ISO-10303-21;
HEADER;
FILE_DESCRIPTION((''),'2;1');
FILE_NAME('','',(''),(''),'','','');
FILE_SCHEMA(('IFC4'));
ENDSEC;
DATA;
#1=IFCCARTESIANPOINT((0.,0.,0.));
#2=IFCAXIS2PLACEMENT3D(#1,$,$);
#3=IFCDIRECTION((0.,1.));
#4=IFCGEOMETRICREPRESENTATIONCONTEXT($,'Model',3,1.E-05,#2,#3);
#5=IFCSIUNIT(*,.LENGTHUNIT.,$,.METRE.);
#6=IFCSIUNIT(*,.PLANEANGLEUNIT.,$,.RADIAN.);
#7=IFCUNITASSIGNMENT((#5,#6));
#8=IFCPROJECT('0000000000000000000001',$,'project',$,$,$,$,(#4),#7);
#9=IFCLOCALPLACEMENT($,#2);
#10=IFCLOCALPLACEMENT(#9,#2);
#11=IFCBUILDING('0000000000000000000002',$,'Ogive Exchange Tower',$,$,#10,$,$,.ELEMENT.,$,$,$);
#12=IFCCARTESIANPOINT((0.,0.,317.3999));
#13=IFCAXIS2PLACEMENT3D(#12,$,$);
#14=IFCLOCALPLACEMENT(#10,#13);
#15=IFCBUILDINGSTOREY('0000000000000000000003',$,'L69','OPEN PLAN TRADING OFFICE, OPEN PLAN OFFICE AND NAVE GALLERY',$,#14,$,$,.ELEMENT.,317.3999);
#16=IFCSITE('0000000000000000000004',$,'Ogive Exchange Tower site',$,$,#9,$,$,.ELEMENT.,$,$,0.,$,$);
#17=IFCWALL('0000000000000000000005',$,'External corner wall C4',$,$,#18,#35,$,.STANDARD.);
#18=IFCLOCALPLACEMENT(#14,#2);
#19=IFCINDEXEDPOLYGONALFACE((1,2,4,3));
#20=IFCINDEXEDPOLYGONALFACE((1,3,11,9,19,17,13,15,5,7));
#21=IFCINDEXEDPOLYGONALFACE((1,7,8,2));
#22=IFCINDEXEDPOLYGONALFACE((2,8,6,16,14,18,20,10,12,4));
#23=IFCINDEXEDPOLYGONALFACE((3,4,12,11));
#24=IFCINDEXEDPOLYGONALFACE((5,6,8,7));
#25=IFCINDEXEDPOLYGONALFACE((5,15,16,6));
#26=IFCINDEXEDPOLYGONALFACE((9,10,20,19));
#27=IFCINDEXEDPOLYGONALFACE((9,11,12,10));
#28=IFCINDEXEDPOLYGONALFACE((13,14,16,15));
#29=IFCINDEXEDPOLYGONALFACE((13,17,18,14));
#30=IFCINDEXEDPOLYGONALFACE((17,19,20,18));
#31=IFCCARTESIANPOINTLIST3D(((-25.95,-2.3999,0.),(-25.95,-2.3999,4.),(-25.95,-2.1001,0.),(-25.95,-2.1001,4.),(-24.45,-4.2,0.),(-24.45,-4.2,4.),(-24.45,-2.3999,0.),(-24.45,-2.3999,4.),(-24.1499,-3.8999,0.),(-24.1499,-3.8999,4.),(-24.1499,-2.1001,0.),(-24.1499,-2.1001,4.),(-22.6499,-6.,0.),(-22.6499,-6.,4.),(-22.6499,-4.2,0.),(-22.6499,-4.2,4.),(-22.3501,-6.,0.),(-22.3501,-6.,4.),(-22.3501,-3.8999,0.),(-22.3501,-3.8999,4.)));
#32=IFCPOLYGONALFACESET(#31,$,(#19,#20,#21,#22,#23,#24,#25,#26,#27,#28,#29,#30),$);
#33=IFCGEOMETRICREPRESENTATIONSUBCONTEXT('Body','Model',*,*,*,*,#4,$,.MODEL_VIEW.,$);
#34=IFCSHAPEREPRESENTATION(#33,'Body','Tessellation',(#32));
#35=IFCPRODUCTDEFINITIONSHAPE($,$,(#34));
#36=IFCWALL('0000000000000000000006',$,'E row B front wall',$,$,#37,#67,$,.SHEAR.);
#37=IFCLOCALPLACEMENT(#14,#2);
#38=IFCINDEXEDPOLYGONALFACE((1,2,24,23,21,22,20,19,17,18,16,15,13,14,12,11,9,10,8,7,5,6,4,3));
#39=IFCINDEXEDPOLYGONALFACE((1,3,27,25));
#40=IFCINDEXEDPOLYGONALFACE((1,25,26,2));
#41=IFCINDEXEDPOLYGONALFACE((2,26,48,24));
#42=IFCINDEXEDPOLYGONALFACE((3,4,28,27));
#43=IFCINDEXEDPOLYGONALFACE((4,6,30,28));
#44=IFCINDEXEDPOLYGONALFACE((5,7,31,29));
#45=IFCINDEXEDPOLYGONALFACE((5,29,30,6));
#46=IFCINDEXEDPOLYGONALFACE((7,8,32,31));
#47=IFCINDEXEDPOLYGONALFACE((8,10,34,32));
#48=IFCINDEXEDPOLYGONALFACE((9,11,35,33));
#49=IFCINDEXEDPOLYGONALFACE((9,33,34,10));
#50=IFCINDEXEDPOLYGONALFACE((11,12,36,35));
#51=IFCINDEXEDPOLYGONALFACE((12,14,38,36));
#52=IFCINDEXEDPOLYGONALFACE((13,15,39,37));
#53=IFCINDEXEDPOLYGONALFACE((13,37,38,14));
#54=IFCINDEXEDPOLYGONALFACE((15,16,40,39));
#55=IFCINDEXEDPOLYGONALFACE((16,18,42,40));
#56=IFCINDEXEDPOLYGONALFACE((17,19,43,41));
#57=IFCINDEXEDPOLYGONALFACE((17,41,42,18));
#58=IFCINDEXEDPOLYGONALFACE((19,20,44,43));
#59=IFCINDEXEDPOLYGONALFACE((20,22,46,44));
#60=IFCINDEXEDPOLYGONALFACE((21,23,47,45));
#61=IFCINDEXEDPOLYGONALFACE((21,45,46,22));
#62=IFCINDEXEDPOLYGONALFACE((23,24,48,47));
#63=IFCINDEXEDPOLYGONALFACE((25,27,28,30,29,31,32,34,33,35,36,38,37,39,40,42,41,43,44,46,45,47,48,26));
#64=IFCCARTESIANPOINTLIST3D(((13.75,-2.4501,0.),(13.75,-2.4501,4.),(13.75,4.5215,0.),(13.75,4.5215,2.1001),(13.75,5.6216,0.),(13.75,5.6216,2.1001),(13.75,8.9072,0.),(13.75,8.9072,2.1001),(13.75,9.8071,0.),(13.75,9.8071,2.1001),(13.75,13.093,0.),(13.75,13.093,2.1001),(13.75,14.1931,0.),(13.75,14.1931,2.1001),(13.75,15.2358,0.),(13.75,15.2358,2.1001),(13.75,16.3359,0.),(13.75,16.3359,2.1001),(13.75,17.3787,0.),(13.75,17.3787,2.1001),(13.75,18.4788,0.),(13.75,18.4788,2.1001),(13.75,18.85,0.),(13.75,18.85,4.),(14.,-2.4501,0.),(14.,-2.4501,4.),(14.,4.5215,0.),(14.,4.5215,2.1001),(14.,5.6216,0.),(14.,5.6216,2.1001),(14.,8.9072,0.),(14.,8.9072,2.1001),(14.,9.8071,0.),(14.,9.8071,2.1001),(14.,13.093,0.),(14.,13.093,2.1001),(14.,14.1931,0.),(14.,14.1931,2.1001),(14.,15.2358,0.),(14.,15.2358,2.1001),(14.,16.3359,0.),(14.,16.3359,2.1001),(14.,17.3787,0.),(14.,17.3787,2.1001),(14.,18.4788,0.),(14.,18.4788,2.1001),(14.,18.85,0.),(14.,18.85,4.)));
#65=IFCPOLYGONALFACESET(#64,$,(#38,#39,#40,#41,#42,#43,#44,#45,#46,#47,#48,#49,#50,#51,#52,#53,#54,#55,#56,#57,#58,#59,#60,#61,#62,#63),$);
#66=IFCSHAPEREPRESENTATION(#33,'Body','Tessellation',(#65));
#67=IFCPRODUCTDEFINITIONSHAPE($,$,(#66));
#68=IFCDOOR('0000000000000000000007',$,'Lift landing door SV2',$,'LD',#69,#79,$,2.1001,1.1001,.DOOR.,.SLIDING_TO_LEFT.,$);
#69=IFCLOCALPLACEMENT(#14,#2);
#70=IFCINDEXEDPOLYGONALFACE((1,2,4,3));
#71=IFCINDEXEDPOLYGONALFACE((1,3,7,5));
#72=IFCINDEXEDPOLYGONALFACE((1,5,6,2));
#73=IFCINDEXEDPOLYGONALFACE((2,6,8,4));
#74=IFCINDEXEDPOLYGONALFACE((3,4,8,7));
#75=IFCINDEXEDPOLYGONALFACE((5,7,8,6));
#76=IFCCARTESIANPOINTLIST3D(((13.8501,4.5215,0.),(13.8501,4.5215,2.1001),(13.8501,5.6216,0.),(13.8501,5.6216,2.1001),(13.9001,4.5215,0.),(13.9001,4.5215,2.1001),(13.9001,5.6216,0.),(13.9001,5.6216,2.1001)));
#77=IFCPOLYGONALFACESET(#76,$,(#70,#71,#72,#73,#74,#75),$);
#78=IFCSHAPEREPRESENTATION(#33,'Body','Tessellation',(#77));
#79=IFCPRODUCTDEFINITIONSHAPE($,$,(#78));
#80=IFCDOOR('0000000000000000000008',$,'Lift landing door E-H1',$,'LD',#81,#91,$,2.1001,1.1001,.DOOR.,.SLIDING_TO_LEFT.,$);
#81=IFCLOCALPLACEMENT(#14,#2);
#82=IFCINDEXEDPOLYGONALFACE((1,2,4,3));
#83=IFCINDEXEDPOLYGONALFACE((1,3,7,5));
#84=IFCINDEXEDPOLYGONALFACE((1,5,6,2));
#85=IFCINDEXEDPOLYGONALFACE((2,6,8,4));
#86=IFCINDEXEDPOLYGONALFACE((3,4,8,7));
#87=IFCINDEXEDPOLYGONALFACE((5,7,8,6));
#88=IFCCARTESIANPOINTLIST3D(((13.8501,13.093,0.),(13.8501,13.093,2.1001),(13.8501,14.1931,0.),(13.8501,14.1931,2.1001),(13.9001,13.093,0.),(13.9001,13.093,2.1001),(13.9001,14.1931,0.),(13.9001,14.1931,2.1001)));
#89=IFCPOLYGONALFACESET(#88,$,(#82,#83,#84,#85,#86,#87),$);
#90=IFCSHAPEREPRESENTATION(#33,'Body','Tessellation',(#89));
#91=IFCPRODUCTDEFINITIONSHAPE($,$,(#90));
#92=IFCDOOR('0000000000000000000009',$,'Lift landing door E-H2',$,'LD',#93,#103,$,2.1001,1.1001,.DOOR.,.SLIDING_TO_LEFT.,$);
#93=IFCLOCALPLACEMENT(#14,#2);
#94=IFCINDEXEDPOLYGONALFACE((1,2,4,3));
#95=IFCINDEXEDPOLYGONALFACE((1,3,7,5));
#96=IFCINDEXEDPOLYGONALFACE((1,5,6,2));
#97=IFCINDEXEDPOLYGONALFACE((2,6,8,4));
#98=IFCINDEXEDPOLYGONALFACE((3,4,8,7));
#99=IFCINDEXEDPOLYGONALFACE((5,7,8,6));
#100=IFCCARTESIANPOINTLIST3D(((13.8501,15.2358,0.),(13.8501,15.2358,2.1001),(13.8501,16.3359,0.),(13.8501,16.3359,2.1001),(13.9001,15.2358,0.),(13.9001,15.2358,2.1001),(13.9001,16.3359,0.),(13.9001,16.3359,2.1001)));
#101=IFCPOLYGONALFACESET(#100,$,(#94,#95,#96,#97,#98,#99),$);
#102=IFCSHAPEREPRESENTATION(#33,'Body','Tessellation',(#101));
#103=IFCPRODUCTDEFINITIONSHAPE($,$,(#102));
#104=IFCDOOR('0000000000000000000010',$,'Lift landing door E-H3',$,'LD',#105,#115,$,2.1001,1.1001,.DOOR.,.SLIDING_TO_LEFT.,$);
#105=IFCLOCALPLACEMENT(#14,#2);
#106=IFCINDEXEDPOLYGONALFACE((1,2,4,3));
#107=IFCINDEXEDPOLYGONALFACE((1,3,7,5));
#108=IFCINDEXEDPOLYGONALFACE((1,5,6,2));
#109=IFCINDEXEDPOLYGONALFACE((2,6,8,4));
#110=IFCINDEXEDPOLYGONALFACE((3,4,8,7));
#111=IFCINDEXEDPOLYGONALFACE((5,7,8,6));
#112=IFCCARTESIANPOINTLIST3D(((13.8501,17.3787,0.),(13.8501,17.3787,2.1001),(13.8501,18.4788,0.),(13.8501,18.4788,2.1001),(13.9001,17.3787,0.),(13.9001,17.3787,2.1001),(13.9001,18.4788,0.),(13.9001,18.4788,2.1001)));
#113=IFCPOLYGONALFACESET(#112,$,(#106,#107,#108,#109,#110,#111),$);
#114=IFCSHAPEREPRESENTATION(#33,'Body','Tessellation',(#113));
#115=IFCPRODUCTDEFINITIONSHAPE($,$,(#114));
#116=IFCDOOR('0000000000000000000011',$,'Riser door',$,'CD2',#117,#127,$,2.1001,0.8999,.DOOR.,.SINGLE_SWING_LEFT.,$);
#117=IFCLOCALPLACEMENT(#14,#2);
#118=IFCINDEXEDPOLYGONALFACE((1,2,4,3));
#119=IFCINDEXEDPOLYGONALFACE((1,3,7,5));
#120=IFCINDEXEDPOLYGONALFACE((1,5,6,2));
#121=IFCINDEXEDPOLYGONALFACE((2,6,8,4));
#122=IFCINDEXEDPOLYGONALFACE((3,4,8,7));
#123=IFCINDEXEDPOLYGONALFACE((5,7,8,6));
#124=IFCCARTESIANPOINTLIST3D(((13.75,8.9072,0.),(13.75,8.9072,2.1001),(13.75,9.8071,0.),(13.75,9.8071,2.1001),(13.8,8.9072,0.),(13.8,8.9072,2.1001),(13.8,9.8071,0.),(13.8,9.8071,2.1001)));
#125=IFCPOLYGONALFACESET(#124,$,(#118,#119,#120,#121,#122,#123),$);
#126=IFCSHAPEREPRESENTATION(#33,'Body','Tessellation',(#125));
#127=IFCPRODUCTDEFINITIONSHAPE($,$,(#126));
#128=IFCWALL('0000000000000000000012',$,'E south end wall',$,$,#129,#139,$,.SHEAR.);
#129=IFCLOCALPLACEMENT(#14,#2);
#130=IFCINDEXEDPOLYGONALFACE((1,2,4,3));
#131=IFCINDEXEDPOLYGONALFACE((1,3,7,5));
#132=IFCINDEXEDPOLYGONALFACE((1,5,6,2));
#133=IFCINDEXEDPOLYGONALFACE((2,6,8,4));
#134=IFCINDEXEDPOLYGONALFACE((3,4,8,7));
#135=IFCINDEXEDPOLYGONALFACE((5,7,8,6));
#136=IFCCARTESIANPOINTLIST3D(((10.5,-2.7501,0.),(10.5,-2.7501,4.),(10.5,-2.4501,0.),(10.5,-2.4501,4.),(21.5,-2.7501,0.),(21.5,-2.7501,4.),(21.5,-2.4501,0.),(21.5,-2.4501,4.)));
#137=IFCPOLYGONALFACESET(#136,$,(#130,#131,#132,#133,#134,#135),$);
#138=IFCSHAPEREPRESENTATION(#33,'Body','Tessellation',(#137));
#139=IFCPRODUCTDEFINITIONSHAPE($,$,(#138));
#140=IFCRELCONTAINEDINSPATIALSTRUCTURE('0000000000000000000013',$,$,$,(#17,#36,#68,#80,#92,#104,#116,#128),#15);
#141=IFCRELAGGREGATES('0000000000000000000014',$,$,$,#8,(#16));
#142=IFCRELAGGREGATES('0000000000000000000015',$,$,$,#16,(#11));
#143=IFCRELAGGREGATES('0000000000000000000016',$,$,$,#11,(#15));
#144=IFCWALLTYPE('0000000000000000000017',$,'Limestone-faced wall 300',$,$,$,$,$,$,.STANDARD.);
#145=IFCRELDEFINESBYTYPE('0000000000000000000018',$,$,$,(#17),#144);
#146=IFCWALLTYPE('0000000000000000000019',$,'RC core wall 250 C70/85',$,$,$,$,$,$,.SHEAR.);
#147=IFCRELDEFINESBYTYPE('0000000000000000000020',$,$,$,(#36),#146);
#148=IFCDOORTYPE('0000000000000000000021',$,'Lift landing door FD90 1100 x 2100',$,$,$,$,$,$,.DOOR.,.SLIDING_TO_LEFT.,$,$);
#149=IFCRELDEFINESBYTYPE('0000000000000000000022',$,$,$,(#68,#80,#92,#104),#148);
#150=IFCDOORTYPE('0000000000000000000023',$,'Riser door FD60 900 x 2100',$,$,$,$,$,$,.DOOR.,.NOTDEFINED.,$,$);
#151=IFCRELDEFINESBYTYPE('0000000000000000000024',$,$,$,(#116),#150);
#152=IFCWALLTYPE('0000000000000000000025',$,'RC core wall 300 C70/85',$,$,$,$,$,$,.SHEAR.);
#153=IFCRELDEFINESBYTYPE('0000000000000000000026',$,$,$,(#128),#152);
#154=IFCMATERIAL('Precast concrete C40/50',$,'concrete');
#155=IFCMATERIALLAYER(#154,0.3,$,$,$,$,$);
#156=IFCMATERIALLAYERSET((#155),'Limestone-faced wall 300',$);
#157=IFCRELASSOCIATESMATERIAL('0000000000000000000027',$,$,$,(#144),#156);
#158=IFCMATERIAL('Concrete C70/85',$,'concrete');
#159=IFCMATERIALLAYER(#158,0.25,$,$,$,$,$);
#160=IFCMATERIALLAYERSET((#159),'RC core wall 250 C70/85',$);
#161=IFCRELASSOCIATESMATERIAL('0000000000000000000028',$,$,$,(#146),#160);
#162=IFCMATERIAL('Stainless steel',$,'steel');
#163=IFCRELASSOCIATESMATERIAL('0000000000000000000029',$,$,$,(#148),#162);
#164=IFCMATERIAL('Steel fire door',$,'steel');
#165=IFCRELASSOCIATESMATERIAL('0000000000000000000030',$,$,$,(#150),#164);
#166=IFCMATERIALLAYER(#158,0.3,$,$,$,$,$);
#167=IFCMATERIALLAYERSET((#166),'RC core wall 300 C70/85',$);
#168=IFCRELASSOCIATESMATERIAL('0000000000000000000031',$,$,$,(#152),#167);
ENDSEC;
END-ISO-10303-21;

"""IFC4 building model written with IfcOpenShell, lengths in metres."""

from ifc_helpers import new_model, si_unit, direction, frame, frame_2d, origin, place, context, subcontext, project, spatial, polyline, rectangle, outline, extrude, material, layer, layer_set, type_object, element, fill, save


model = new_model("IFC4")

# Units and contexts
model_context = context("Model", 3, precision=1e-05, world=origin(), true_north=direction((0.0, 1.0)))
body_context = subcontext(model_context, "Body", "Model", "MODEL_VIEW")
ifc_project = project(units=[si_unit("LENGTHUNIT", "METRE"), si_unit("PLANEANGLEUNIT", "RADIAN")], contexts=[model_context])

# Site, building, storey
site_placement = place(None, origin())
site = spatial("IfcSite", under=ifc_project, at=site_placement, Name="Ogive Exchange Tower site", CompositionType="ELEMENT", RefElevation=0.0)
building_placement = place(site_placement, origin())
building = spatial("IfcBuilding", under=site, at=building_placement, Name="Ogive Exchange Tower", CompositionType="ELEMENT")
storey_placement = place(building_placement, frame((0.0, 0.0, 317.3999)))
storey = spatial("IfcBuildingStorey", under=building, at=storey_placement, Name="L69", Description="OPEN PLAN TRADING OFFICE, OPEN PLAN OFFICE AND NAVE GALLERY", CompositionType="ELEMENT", Elevation=317.3999)

# Shared definitions
ifc_material_1 = material(Name="Concrete C70/85", Category="concrete")

# Wall
ifc_material_2 = material(Name="Precast concrete C40/50", Category="concrete")
ifc_layer_1 = layer(ifc_material_2, 0.3)
ifc_layer_set_1 = layer_set([ifc_layer_1], Name="Limestone-faced wall 300")
wall_type_1 = type_object("IfcWallType", Name="Limestone-faced wall 300", PredefinedType="STANDARD", material=ifc_layer_set_1)
wall_1_placement = place(storey_placement, origin())
element("IfcWall", 1, at=wall_1_placement, inside=storey, type_object=wall_type_1, Name="External corner wall C4", PredefinedType="STANDARD", context=body_context, shape_type="SweptSolid", body=[
    extrude(outline(polyline([(-22.6499, -4.2), (-24.45, -4.2), (-24.45, -2.3999), (-25.95, -2.3999), (-25.95, -2.1001), (-24.1499, -2.1001), (-24.1499, -3.8999), (-22.3501, -3.8999), (-22.3501, -6.0), (-22.6499, -6.0), (-22.6499, -4.2)])), origin(), (0.0, 0.0, 1.0), 4.0),
])

# Wall, openings, doors
ifc_layer_2 = layer(ifc_material_1, 0.25)
ifc_layer_set_2 = layer_set([ifc_layer_2], Name="RC core wall 250 C70/85")
wall_type_2 = type_object("IfcWallType", Name="RC core wall 250 C70/85", PredefinedType="SHEAR", material=ifc_layer_set_2)
wall_2_placement = place(storey_placement, frame((13.875, -2.45, 0.0), z_axis=(0.0, 0.0, 1.0), x_axis=(0.0, 1.0, 0.0)))
wall_2 = element("IfcWall", 2, at=wall_2_placement, inside=storey, type_object=wall_type_2, Name="E row B front wall", PredefinedType="SHEAR", context=body_context, shape_type="SweptSolid", body=[
    extrude(rectangle(XDim=21.3, YDim=0.25, at=frame_2d((10.6499, 0.0))), origin(), (0.0, 0.0, 1.0), 4.0),
])
opening_1_placement = place(wall_2_placement, frame((11.3572, 0.0, 0.0)))
opening_1 = element("IfcOpeningElement", 3, at=opening_1_placement, cuts=wall_2, PredefinedType="OPENING", context=body_context, shape_type="SweptSolid", body=[
    extrude(rectangle(XDim=0.8999, YDim=2.1001, at=frame_2d((0.45, 1.05))), frame((0.0, 0.135, 0.0), z_axis=(0.0, -1.0, 0.0), x_axis=(1.0, 0.0, 0.0)), (0.0, 0.0, 1.0), 0.27),
])
opening_2_placement = place(wall_2_placement, frame((6.9714, 0.0, 0.0)))
opening_2 = element("IfcOpeningElement", 4, at=opening_2_placement, cuts=wall_2, PredefinedType="OPENING", context=body_context, shape_type="SweptSolid", body=[
    extrude(rectangle(XDim=1.1001, YDim=2.1001, at=frame_2d((0.55, 1.05))), frame((0.0, 0.135, 0.0), z_axis=(0.0, -1.0, 0.0), x_axis=(1.0, 0.0, 0.0)), (0.0, 0.0, 1.0), 0.27),
])
opening_3_placement = place(wall_2_placement, frame((15.543, 0.0, 0.0)))
opening_3 = element("IfcOpeningElement", 5, at=opening_3_placement, cuts=wall_2, PredefinedType="OPENING", context=body_context, shape_type="SweptSolid", body=[
    extrude(rectangle(XDim=1.1001, YDim=2.1001, at=frame_2d((0.55, 1.05))), frame((0.0, 0.135, 0.0), z_axis=(0.0, -1.0, 0.0), x_axis=(1.0, 0.0, 0.0)), (0.0, 0.0, 1.0), 0.27),
])
opening_4_placement = place(wall_2_placement, frame((17.6858, 0.0, 0.0)))
opening_4 = element("IfcOpeningElement", 6, at=opening_4_placement, cuts=wall_2, PredefinedType="OPENING", context=body_context, shape_type="SweptSolid", body=[
    extrude(rectangle(XDim=1.1001, YDim=2.1001, at=frame_2d((0.55, 1.05))), frame((0.0, 0.135, 0.0), z_axis=(0.0, -1.0, 0.0), x_axis=(1.0, 0.0, 0.0)), (0.0, 0.0, 1.0), 0.27),
])
opening_5_placement = place(wall_2_placement, frame((19.8286, 0.0, 0.0)))
opening_5 = element("IfcOpeningElement", 7, at=opening_5_placement, cuts=wall_2, PredefinedType="OPENING", context=body_context, shape_type="SweptSolid", body=[
    extrude(rectangle(XDim=1.1001, YDim=2.1001, at=frame_2d((0.55, 1.05))), frame((0.0, 0.135, 0.0), z_axis=(0.0, -1.0, 0.0), x_axis=(1.0, 0.0, 0.0)), (0.0, 0.0, 1.0), 0.27),
])
ifc_material_3 = material(Name="Stainless steel", Category="steel")
door_type_1 = type_object("IfcDoorType", Name="Lift landing door FD90 1100 x 2100", OperationType="SLIDING_TO_LEFT", PredefinedType="DOOR", material=ifc_material_3)
door_1_placement = place(opening_2_placement, origin())
door_1 = element("IfcDoor", 8, at=door_1_placement, inside=storey, type_object=door_type_1, Name="Lift landing door SV2", ObjectType="LD", OperationType="SLIDING_TO_LEFT", OverallHeight=2.1001, OverallWidth=1.1001, PredefinedType="DOOR", context=body_context, shape_type="SweptSolid", body=[
    extrude(rectangle(XDim=1.1001, YDim=2.1001, at=frame_2d((0.55, 1.05))), frame((0.0, 0.0249, 0.0), z_axis=(0.0, -1.0, 0.0), x_axis=(1.0, 0.0, 0.0)), (0.0, 0.0, 1.0), 0.05),
])
fill(opening_2, door_1)
door_2_placement = place(opening_3_placement, origin())
door_2 = element("IfcDoor", 9, at=door_2_placement, inside=storey, type_object=door_type_1, Name="Lift landing door E-H1", ObjectType="LD", OperationType="SLIDING_TO_LEFT", OverallHeight=2.1001, OverallWidth=1.1001, PredefinedType="DOOR", context=body_context, shape_type="SweptSolid", body=[
    extrude(rectangle(XDim=1.1001, YDim=2.1001, at=frame_2d((0.55, 1.05))), frame((0.0, 0.0249, 0.0), z_axis=(0.0, -1.0, 0.0), x_axis=(1.0, 0.0, 0.0)), (0.0, 0.0, 1.0), 0.05),
])
fill(opening_3, door_2)
door_3_placement = place(opening_4_placement, origin())
door_3 = element("IfcDoor", 10, at=door_3_placement, inside=storey, type_object=door_type_1, Name="Lift landing door E-H2", ObjectType="LD", OperationType="SLIDING_TO_LEFT", OverallHeight=2.1001, OverallWidth=1.1001, PredefinedType="DOOR", context=body_context, shape_type="SweptSolid", body=[
    extrude(rectangle(XDim=1.1001, YDim=2.1001, at=frame_2d((0.55, 1.05))), frame((0.0, 0.0249, 0.0), z_axis=(0.0, -1.0, 0.0), x_axis=(1.0, 0.0, 0.0)), (0.0, 0.0, 1.0), 0.05),
])
fill(opening_4, door_3)
door_4_placement = place(opening_5_placement, origin())
door_4 = element("IfcDoor", 11, at=door_4_placement, inside=storey, type_object=door_type_1, Name="Lift landing door E-H3", ObjectType="LD", OperationType="SLIDING_TO_LEFT", OverallHeight=2.1001, OverallWidth=1.1001, PredefinedType="DOOR", context=body_context, shape_type="SweptSolid", body=[
    extrude(rectangle(XDim=1.1001, YDim=2.1001, at=frame_2d((0.55, 1.05))), frame((0.0, 0.0249, 0.0), z_axis=(0.0, -1.0, 0.0), x_axis=(1.0, 0.0, 0.0)), (0.0, 0.0, 1.0), 0.05),
])
fill(opening_5, door_4)
ifc_material_4 = material(Name="Steel fire door", Category="steel")
door_type_2 = type_object("IfcDoorType", Name="Riser door FD60 900 x 2100", OperationType="NOTDEFINED", PredefinedType="DOOR", material=ifc_material_4)
door_5_placement = place(opening_1_placement, origin())
door_5 = element("IfcDoor", 12, at=door_5_placement, inside=storey, type_object=door_type_2, Name="Riser door", ObjectType="CD2", OperationType="SINGLE_SWING_LEFT", OverallHeight=2.1001, OverallWidth=0.8999, PredefinedType="DOOR", context=body_context, shape_type="SweptSolid", body=[
    extrude(rectangle(XDim=0.8999, YDim=2.1001, at=frame_2d((0.45, 1.05))), frame((0.0, 0.125, 0.0), z_axis=(0.0, -1.0, 0.0), x_axis=(1.0, 0.0, 0.0)), (0.0, 0.0, 1.0), 0.05),
])
fill(opening_1, door_5)

# Wall
ifc_layer_3 = layer(ifc_material_1, 0.3)
ifc_layer_set_3 = layer_set([ifc_layer_3], Name="RC core wall 300 C70/85")
wall_type_3 = type_object("IfcWallType", Name="RC core wall 300 C70/85", PredefinedType="SHEAR", material=ifc_layer_set_3)
wall_3_placement = place(storey_placement, frame((10.5, -2.6001, 0.0), z_axis=(0.0, 0.0, 1.0), x_axis=(1.0, 0.0, 0.0)))
element("IfcWall", 13, at=wall_3_placement, inside=storey, type_object=wall_type_3, Name="E south end wall", PredefinedType="SHEAR", context=body_context, shape_type="SweptSolid", body=[
    extrude(rectangle(XDim=11.0, YDim=0.3, at=frame_2d((5.5, 0.0))), origin(), (0.0, 0.0, 1.0), 4.0),
])

save(model, "model.ifc")
